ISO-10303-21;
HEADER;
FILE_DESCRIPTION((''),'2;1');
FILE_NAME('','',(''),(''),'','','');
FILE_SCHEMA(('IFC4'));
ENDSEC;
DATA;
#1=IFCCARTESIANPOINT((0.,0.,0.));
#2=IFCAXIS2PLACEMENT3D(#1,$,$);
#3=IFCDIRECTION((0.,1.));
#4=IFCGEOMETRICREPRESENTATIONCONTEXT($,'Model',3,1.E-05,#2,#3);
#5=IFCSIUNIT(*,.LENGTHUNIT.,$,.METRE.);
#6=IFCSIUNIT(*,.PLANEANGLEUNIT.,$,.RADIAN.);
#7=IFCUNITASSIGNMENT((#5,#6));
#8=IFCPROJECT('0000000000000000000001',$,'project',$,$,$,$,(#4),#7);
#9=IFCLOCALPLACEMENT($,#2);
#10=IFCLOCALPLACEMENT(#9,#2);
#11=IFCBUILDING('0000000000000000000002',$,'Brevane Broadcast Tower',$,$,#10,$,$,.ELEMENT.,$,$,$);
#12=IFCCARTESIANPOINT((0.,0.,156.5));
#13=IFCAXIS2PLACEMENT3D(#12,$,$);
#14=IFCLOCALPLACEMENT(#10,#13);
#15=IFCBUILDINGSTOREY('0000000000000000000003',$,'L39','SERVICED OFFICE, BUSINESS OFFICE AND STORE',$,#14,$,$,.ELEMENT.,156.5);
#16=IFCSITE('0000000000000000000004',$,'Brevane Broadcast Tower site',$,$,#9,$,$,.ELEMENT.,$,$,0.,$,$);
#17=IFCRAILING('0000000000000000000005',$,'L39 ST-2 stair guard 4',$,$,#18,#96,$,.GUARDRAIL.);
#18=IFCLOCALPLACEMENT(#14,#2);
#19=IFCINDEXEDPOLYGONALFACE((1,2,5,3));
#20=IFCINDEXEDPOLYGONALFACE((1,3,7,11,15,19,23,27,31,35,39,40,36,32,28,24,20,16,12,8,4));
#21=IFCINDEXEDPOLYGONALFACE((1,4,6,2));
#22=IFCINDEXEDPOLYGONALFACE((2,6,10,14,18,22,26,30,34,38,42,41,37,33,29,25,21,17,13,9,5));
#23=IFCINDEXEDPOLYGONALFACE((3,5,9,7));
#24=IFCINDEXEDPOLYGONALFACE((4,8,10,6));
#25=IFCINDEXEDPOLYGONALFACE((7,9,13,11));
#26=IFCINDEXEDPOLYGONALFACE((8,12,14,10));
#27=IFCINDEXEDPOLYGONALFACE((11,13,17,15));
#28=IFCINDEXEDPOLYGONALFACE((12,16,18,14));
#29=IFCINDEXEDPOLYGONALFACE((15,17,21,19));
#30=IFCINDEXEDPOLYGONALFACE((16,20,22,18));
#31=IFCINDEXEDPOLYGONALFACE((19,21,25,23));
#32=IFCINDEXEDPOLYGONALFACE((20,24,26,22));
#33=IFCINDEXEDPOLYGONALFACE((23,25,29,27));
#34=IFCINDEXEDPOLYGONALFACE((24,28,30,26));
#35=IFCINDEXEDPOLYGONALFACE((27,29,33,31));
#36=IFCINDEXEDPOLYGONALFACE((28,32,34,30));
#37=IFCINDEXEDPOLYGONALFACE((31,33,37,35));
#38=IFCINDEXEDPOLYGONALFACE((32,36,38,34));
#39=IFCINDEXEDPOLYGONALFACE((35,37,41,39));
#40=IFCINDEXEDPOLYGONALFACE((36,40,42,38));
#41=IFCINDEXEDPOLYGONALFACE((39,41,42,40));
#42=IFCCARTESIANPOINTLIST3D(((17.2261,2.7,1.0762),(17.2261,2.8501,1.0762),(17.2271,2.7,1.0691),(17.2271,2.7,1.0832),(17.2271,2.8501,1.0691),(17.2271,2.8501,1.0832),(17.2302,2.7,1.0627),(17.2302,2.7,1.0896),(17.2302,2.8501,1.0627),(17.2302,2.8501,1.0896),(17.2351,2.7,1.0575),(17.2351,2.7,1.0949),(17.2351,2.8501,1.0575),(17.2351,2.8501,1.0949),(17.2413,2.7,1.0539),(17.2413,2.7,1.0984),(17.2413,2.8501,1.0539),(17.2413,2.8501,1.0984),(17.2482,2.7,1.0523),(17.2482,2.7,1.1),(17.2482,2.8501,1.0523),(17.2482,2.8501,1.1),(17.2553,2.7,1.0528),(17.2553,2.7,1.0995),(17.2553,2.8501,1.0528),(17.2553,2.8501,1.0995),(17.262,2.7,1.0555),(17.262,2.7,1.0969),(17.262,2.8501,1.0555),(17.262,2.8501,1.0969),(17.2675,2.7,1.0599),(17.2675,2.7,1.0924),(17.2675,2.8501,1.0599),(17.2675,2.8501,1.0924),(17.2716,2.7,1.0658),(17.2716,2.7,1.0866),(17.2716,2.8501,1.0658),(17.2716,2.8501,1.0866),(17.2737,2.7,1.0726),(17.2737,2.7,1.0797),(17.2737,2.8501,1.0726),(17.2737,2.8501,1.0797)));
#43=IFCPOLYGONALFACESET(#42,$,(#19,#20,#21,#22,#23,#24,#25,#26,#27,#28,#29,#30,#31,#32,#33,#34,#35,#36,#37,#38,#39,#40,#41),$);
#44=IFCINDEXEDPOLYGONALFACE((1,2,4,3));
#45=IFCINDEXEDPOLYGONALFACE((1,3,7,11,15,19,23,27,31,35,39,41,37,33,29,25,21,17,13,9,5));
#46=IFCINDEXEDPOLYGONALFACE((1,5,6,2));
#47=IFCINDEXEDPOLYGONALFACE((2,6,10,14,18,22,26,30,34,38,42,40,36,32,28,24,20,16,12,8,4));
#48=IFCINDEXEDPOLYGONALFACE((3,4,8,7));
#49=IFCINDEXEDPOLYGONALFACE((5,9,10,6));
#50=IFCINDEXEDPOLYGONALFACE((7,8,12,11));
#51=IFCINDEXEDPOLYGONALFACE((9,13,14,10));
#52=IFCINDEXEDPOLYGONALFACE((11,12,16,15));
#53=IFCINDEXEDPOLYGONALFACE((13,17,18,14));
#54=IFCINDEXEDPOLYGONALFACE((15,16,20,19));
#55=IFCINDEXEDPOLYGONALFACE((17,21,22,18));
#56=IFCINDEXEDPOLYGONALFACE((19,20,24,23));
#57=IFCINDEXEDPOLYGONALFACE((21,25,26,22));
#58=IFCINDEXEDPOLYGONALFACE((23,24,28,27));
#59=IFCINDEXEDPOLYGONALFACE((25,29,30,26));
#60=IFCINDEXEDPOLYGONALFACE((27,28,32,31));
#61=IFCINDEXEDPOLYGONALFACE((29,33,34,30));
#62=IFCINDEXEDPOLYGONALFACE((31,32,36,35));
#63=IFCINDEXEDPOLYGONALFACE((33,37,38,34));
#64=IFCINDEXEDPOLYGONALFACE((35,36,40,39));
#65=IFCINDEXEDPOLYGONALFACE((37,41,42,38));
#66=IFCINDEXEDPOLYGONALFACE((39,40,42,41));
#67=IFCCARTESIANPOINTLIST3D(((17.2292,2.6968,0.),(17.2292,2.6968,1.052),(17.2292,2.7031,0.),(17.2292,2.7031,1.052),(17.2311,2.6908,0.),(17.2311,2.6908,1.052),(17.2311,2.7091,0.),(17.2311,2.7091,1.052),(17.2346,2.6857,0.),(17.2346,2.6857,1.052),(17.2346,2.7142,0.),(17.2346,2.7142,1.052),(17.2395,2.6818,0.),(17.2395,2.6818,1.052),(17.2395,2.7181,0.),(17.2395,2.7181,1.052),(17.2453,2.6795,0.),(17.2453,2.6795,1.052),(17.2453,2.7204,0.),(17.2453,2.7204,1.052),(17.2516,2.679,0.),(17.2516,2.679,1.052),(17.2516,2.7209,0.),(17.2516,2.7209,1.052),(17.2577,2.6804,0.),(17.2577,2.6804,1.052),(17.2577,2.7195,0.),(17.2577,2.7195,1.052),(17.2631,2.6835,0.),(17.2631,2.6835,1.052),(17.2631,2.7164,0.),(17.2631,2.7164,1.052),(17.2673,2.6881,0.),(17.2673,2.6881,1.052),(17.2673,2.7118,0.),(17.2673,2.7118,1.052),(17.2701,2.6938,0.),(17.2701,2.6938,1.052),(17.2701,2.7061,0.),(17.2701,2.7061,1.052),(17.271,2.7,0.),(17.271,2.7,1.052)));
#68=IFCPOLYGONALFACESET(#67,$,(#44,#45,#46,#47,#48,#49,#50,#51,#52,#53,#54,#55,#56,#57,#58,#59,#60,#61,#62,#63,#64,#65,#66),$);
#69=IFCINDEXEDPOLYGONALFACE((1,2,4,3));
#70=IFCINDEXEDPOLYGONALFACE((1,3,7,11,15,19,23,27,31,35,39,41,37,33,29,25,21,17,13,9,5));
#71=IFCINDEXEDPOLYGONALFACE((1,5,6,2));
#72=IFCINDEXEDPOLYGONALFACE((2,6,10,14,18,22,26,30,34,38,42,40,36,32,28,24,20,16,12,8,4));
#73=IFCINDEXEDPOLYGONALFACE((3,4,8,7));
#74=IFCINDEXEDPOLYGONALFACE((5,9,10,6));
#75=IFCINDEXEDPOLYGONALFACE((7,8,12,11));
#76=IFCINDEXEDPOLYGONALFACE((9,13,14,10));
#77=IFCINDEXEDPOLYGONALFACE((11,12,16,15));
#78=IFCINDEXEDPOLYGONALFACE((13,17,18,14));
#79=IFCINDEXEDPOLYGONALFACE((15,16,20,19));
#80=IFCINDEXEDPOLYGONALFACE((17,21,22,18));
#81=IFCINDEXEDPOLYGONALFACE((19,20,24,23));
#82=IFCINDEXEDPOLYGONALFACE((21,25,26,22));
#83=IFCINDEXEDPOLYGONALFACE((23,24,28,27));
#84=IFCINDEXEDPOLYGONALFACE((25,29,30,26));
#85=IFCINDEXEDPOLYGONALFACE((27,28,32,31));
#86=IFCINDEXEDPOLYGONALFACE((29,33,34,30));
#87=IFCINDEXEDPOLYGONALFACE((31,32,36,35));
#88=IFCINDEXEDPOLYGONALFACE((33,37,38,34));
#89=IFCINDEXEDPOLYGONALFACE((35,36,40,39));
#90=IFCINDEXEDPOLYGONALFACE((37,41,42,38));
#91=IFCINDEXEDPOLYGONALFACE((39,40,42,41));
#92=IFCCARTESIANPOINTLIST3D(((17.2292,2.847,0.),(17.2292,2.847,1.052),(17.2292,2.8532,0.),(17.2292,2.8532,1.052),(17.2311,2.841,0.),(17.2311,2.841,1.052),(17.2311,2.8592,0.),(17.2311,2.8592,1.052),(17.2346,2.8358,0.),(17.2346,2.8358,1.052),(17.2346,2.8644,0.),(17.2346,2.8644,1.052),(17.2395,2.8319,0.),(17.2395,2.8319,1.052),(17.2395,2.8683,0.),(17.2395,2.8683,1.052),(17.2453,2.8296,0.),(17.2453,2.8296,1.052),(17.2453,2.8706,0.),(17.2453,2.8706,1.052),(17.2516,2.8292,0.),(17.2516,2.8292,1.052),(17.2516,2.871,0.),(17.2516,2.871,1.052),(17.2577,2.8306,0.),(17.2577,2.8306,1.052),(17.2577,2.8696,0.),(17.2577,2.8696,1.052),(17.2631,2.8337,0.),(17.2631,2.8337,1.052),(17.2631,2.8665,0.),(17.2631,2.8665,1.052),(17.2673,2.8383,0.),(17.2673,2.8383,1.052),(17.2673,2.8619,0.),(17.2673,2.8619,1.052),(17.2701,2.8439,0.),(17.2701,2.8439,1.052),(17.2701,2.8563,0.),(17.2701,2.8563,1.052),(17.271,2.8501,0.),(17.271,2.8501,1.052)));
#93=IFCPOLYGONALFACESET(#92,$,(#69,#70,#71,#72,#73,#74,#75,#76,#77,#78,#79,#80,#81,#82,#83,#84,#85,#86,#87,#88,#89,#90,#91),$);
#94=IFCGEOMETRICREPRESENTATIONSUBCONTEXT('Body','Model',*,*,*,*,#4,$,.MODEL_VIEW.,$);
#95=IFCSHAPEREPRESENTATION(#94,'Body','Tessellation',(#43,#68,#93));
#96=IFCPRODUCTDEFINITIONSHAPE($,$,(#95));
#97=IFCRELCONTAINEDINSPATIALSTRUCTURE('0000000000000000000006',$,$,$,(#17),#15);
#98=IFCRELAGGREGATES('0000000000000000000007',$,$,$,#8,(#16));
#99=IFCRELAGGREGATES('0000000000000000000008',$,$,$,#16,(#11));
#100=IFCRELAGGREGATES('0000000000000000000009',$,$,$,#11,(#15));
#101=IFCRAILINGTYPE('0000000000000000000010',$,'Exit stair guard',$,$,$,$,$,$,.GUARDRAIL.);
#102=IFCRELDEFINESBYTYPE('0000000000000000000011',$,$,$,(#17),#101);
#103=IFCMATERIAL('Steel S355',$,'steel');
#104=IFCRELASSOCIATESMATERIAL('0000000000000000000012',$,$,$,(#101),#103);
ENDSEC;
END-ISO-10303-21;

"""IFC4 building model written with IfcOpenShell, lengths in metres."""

from ifc_helpers import new_model, si_unit, direction, frame, origin, origin_2d, place, context, subcontext, project, spatial, circle, extrude, material, type_object, element, save


model = new_model("IFC4")

# Units and contexts
model_context = context("Model", 3, precision=1e-05, world=origin(), true_north=direction((0.0, 1.0)))
body_context = subcontext(model_context, "Body", "Model", "MODEL_VIEW")
ifc_project = project(units=[si_unit("LENGTHUNIT", "METRE"), si_unit("PLANEANGLEUNIT", "RADIAN")], contexts=[model_context])

# Site, building, storey
site_placement = place(None, origin())
site = spatial("IfcSite", under=ifc_project, at=site_placement, Name="Brevane Broadcast Tower site", CompositionType="ELEMENT", RefElevation=0.0)
building_placement = place(site_placement, origin())
building = spatial("IfcBuilding", under=site, at=building_placement, Name="Brevane Broadcast Tower", CompositionType="ELEMENT")
storey_placement = place(building_placement, frame((0.0, 0.0, 156.5)))
storey = spatial("IfcBuildingStorey", under=building, at=storey_placement, Name="L39", Description="SERVICED OFFICE, BUSINESS OFFICE AND STORE", CompositionType="ELEMENT", Elevation=156.5)

# Railing
ifc_material_1 = material(Name="Steel S355", Category="steel")
railing_type_1 = type_object("IfcRailingType", Name="Exit stair guard", PredefinedType="GUARDRAIL", material=ifc_material_1)
railing_1_placement = place(storey_placement, frame((17.25, 2.7, 0.0)))
element("IfcRailing", 1, at=railing_1_placement, inside=storey, type_object=railing_type_1, Name="L39 ST-2 stair guard 4", PredefinedType="GUARDRAIL", context=body_context, shape_type="SweptSolid", body=[
    extrude(circle(Radius=0.0239, at=origin_2d()), frame((0.0, 0.0, 1.0762), z_axis=(0.0, 1.0, 0.0), x_axis=(-1.0, 0.0, 0.0)), (0.0, 0.0, 1.0), 0.1501),
    extrude(circle(Radius=0.021, at=origin_2d()), origin(), (0.0, 0.0, 1.0), 1.052),
    extrude(circle(Radius=0.021, at=origin_2d()), frame((0.0, 0.1501, 0.0)), (0.0, 0.0, 1.0), 1.052),
])

save(model, "model.ifc")
